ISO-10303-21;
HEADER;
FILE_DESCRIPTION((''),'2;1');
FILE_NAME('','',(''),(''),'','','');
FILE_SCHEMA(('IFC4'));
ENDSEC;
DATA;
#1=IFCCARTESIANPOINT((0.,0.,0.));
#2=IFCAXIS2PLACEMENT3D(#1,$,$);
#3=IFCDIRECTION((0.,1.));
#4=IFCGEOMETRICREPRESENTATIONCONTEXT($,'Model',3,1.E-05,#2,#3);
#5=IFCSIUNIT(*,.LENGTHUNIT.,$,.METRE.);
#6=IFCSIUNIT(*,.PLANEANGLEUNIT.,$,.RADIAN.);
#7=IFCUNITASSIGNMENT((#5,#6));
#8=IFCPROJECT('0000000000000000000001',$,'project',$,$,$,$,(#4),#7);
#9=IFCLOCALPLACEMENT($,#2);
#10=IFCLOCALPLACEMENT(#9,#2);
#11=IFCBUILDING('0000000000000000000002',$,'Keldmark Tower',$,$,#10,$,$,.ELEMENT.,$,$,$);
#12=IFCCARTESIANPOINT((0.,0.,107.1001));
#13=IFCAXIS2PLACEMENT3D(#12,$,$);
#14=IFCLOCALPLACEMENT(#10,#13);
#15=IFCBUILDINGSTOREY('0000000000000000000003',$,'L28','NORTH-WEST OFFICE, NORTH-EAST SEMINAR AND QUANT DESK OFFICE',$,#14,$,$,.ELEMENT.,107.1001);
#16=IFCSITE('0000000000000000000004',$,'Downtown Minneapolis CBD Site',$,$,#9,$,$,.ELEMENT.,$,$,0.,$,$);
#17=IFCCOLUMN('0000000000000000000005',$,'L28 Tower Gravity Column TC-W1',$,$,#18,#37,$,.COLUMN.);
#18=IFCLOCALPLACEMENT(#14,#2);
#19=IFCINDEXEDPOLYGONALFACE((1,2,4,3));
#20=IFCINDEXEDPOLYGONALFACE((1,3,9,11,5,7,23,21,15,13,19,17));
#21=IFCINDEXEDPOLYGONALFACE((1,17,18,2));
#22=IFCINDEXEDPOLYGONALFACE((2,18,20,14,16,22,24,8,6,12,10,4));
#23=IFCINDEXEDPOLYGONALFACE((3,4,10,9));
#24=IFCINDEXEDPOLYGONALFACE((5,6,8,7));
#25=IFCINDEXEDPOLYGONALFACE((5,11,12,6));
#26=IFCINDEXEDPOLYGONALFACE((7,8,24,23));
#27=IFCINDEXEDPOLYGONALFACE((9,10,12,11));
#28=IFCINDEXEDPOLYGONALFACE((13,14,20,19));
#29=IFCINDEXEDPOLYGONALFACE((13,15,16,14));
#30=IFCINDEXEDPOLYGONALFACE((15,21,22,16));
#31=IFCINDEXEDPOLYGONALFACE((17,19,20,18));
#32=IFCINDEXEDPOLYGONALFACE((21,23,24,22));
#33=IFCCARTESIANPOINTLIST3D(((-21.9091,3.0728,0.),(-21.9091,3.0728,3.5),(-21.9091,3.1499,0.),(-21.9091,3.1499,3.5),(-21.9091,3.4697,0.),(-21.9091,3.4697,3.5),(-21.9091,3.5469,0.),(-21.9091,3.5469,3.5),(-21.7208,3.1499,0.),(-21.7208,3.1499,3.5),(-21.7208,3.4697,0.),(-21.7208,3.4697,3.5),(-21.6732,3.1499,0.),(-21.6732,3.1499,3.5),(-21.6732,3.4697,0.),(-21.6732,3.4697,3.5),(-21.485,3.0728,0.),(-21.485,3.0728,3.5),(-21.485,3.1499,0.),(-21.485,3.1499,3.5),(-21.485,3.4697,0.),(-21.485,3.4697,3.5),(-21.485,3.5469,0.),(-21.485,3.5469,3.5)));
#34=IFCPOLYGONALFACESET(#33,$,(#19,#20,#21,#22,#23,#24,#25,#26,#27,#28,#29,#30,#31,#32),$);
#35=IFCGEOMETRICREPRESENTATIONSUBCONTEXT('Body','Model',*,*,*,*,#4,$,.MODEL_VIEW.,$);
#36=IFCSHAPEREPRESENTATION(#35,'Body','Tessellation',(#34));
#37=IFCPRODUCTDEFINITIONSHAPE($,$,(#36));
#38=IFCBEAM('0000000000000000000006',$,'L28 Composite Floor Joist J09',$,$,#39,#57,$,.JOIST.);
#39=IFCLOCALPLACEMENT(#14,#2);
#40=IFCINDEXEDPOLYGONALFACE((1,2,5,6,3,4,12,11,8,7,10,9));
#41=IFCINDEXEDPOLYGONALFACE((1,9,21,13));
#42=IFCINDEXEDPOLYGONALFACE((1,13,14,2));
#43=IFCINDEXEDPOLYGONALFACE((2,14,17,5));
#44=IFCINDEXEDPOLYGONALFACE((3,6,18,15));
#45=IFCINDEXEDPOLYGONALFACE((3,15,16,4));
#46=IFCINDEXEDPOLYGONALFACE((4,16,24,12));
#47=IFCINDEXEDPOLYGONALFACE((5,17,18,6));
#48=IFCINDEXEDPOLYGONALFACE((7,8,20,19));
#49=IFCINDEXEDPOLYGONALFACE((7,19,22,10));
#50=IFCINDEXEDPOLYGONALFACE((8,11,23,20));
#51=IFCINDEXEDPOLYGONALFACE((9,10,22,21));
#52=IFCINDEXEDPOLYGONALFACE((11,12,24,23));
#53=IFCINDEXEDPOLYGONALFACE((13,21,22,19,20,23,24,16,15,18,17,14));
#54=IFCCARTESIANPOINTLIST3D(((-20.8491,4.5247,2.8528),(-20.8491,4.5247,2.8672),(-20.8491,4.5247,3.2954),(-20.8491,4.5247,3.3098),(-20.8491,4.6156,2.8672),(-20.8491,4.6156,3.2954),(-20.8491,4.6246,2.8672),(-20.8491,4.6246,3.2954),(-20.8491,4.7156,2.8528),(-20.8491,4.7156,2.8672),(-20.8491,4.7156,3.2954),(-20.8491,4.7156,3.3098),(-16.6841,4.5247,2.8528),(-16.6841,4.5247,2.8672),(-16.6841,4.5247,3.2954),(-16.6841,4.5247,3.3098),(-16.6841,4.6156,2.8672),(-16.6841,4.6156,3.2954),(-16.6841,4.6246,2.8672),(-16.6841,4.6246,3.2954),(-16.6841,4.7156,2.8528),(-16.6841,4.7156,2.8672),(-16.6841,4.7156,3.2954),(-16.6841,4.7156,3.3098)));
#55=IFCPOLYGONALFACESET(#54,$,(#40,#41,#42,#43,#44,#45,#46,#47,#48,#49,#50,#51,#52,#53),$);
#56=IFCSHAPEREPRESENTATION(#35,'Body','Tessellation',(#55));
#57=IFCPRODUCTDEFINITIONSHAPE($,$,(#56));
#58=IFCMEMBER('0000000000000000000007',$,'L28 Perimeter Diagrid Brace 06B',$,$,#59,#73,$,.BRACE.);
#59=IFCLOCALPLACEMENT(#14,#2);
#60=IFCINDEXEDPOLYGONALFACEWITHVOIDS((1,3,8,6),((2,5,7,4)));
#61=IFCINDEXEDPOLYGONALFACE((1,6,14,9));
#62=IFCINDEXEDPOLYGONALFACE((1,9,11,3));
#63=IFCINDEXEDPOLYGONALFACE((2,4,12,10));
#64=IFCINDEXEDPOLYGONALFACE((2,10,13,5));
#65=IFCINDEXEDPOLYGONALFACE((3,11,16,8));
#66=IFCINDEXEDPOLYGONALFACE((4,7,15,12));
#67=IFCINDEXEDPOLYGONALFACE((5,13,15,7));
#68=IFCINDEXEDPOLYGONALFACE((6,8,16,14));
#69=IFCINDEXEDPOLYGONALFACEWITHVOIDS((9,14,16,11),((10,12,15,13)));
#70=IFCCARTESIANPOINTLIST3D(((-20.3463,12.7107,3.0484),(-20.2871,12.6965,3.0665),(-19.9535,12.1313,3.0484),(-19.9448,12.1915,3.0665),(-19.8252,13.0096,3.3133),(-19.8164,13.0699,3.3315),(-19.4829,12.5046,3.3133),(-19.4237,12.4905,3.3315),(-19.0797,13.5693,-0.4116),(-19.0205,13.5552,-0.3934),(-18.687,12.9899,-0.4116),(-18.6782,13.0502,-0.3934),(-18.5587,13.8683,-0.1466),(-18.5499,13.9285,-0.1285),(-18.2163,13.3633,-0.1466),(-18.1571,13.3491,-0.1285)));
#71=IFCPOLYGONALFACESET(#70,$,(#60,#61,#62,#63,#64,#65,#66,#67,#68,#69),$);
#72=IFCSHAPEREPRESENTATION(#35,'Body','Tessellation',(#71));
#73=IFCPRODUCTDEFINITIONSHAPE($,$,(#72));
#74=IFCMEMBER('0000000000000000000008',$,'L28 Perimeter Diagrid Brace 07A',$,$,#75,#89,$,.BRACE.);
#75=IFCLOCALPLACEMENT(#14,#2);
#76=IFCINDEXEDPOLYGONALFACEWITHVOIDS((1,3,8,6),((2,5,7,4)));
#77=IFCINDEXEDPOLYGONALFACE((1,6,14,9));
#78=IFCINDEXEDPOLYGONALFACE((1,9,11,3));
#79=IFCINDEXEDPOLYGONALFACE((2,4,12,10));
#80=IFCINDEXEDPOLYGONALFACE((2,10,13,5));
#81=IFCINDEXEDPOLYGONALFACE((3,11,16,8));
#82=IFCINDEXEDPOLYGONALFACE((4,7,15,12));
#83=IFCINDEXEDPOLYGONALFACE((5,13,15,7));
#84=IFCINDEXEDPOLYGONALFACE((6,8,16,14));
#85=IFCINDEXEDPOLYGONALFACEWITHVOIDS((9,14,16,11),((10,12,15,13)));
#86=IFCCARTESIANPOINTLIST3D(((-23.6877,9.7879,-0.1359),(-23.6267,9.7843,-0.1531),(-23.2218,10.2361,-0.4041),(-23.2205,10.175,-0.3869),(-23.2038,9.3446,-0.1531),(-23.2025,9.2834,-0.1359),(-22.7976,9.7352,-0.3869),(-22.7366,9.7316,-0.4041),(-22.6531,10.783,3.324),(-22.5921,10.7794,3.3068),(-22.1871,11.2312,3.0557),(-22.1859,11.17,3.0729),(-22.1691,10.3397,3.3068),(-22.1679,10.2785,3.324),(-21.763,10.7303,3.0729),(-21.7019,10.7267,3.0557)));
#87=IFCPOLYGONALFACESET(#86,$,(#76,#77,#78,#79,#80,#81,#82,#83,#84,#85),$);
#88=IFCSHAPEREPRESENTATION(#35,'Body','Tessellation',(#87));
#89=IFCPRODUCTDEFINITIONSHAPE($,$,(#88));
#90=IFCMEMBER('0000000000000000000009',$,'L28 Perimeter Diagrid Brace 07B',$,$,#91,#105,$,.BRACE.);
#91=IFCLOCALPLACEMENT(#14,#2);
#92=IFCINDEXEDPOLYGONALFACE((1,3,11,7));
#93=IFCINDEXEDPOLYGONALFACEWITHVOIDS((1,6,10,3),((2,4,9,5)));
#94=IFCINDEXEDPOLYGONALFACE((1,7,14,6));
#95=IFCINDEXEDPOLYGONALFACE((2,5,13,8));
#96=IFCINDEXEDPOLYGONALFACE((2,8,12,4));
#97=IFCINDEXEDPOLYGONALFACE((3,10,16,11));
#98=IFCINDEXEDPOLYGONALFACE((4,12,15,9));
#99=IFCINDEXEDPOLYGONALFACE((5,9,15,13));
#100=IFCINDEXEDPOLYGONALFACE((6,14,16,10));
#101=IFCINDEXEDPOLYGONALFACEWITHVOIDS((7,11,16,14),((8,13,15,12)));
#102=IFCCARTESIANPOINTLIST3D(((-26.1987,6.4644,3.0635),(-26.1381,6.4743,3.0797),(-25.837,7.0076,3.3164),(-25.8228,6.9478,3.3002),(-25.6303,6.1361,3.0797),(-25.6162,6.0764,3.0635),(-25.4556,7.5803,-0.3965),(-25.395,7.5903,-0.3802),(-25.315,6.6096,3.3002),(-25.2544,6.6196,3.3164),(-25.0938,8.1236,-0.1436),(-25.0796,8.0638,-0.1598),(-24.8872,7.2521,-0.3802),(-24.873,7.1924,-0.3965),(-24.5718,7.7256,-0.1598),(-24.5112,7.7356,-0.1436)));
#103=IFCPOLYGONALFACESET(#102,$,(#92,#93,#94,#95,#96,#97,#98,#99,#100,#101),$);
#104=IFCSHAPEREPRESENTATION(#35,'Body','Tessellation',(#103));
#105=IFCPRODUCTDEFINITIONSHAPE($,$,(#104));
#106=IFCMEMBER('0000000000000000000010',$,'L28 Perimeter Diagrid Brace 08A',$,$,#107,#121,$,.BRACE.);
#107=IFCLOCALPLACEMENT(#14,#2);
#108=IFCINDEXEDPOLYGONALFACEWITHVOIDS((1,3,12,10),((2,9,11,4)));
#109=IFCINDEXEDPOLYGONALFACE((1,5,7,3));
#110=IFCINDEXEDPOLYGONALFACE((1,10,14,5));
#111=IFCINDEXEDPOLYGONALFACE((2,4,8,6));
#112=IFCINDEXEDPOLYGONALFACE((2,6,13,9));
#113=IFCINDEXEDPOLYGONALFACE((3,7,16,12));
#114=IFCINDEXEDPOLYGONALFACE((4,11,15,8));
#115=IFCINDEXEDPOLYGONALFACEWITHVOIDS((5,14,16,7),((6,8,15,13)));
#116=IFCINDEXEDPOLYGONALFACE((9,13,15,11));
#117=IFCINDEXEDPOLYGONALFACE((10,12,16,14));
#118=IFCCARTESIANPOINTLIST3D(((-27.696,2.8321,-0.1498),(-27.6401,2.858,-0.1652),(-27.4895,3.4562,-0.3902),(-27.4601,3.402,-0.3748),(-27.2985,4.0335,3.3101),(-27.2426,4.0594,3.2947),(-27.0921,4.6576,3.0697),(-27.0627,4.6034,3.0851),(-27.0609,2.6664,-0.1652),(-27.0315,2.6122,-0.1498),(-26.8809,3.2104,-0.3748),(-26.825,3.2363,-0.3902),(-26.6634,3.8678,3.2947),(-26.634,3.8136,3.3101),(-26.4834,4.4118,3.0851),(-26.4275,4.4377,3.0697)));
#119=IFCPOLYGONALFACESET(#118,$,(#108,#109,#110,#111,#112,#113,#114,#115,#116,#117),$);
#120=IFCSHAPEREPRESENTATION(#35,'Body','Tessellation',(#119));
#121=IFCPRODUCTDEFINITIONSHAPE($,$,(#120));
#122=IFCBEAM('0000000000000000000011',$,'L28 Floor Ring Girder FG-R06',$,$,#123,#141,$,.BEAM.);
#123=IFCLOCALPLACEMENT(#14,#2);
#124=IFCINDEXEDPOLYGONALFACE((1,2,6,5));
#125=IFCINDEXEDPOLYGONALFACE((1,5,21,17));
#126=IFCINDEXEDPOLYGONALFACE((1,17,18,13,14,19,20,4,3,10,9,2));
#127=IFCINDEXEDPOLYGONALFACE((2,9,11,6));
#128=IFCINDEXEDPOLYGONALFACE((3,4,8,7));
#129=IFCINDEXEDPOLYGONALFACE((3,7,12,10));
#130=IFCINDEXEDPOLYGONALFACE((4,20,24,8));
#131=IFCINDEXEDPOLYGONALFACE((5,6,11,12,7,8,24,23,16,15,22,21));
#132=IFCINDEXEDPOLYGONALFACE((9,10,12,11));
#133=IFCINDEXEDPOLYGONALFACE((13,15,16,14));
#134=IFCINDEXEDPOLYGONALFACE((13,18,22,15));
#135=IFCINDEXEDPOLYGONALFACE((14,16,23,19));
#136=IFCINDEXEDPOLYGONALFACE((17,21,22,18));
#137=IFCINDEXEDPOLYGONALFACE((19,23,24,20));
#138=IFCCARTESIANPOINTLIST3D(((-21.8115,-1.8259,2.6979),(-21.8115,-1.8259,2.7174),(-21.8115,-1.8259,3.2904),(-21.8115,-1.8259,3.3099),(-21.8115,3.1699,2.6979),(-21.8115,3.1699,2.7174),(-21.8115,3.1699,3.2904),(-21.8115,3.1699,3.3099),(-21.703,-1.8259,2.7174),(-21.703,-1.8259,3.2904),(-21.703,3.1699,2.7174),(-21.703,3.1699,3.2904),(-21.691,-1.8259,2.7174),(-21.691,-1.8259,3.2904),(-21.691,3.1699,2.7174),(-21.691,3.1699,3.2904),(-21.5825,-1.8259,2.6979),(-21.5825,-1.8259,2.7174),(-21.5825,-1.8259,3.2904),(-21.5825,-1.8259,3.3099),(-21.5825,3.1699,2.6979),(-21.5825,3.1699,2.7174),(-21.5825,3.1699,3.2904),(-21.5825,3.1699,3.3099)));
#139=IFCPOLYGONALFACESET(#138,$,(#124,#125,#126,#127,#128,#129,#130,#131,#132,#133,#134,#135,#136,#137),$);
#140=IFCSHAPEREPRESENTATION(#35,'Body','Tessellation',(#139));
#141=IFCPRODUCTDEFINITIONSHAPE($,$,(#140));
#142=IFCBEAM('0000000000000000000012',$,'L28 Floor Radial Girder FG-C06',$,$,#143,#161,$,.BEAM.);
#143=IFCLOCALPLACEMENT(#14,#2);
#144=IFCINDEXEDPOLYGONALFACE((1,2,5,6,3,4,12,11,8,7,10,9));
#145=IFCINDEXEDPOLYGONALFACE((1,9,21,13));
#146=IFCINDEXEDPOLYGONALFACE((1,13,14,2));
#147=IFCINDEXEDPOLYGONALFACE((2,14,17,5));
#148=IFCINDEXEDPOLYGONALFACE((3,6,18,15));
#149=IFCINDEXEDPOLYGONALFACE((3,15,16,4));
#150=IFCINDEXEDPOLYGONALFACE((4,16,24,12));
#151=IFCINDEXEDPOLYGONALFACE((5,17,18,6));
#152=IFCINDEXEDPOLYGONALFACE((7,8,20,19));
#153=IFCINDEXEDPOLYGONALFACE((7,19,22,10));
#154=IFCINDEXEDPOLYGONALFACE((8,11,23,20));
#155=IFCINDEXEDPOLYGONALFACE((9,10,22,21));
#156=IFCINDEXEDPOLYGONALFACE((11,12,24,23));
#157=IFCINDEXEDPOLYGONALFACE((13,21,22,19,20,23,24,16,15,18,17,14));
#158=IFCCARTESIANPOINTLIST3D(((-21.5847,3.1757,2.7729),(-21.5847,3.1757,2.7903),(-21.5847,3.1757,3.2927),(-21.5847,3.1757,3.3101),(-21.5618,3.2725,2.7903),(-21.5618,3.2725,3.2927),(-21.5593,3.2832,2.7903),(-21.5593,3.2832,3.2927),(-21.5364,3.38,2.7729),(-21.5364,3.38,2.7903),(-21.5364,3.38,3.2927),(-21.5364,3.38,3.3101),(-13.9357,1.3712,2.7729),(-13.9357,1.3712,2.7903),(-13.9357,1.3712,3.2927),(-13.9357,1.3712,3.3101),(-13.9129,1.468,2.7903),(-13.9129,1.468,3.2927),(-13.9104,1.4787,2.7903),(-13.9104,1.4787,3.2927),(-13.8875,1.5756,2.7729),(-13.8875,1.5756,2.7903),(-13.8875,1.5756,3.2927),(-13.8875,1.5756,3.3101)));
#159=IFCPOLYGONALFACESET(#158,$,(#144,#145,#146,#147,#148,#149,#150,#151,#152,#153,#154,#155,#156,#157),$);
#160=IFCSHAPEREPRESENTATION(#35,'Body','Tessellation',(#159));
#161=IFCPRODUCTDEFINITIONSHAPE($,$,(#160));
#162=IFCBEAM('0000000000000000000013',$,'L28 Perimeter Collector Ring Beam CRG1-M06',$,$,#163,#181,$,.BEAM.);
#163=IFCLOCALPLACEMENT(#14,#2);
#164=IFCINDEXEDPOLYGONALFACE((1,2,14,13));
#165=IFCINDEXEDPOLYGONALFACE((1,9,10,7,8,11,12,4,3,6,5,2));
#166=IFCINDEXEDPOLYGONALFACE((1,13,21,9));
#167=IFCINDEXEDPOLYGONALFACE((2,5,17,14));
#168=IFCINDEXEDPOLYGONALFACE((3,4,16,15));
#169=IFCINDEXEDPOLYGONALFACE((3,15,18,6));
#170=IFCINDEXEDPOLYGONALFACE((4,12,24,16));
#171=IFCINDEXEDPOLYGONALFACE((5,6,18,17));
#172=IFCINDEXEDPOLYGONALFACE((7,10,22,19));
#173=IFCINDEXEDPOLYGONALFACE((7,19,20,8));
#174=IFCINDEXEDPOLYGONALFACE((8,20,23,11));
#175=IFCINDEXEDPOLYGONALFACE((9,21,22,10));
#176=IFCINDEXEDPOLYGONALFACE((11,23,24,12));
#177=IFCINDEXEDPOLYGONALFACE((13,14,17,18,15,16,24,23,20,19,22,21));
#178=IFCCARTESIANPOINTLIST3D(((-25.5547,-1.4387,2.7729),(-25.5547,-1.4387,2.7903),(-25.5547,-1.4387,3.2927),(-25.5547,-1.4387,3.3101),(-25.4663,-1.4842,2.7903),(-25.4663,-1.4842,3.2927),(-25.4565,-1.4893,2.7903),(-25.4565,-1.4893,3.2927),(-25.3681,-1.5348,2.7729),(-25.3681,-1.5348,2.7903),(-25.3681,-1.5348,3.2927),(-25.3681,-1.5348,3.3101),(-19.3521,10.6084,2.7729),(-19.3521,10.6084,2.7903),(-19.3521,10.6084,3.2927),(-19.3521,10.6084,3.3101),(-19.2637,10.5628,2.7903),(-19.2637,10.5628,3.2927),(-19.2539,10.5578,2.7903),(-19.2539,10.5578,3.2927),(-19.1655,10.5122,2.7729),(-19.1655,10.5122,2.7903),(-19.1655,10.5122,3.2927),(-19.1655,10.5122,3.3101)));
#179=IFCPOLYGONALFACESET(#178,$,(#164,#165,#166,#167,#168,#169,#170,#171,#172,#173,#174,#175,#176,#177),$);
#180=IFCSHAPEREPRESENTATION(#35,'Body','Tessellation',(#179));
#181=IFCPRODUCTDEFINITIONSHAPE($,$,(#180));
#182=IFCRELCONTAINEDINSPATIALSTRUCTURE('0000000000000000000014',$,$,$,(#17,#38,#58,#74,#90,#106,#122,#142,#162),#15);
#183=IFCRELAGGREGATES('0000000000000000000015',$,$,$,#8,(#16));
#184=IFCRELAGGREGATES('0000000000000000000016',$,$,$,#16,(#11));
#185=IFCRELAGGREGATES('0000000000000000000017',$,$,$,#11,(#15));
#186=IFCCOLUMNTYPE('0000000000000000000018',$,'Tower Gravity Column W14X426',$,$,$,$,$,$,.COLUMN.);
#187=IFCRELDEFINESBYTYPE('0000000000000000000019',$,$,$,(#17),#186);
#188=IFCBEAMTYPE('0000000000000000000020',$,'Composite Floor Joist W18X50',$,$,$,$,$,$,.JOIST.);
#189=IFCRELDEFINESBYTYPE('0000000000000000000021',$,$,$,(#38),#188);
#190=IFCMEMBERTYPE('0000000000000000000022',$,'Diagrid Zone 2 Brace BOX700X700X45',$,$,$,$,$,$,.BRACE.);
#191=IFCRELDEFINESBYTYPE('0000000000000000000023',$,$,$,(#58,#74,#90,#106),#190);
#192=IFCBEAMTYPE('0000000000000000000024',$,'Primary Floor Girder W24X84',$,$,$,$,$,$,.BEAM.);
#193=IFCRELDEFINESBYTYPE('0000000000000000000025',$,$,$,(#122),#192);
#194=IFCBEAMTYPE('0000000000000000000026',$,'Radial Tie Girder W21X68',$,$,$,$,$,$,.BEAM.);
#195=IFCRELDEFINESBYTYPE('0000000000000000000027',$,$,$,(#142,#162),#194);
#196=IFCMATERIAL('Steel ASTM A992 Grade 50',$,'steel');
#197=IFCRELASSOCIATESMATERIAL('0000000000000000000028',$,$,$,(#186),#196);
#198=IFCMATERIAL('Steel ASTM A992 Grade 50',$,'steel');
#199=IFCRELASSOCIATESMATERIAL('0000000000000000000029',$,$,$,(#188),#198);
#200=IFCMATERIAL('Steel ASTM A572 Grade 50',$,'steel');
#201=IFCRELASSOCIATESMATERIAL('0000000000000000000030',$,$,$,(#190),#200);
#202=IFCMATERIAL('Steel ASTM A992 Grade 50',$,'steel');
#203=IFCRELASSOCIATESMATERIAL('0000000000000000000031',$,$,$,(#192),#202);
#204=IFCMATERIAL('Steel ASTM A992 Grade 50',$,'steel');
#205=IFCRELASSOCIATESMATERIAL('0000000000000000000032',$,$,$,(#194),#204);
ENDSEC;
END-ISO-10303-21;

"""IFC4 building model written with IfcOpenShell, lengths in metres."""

from ifc_helpers import new_model, si_unit, direction, frame, origin, origin_2d, place, context, subcontext, project, spatial, hollow_rectangle, i_section, extrude, material, material_profile, profile_set, type_object, element, save


model = new_model("IFC4")

# Units and contexts
model_context = context("Model", 3, precision=1e-05, world=origin(), true_north=direction((0.0, 1.0)))
body_context = subcontext(model_context, "Body", "Model", "MODEL_VIEW")
ifc_project = project(units=[si_unit("LENGTHUNIT", "METRE"), si_unit("PLANEANGLEUNIT", "RADIAN")], contexts=[model_context])

# Site, building, storey
site_placement = place(None, origin())
site = spatial("IfcSite", under=ifc_project, at=site_placement, Name="Downtown Minneapolis CBD Site", CompositionType="ELEMENT", RefElevation=0.0)
building_placement = place(site_placement, origin())
building = spatial("IfcBuilding", under=site, at=building_placement, Name="Keldmark Tower", CompositionType="ELEMENT")
storey_placement = place(building_placement, frame((0.0, 0.0, 107.1001)))
storey = spatial("IfcBuildingStorey", under=building, at=storey_placement, Name="L28", Description="NORTH-WEST OFFICE, NORTH-EAST SEMINAR AND QUANT DESK OFFICE", CompositionType="ELEMENT", Elevation=107.1001)

# Column
ifc_material_1 = material(Name="Steel ASTM A992 Grade 50", Category="steel")
ifc_material_profile_1 = material_profile(ifc_material_1, i_section(OverallWidth=0.4241, OverallDepth=0.4741, WebThickness=0.0476, FlangeThickness=0.0771, at=origin_2d()), Name="W14X426")
ifc_profile_set_1 = profile_set([ifc_material_profile_1], Name="Steel ASTM A992 Grade 50")
column_type = type_object("IfcColumnType", Name="Tower Gravity Column W14X426", PredefinedType="COLUMN", material=ifc_profile_set_1)
column_placement = place(storey_placement, frame((-21.697, 3.3098, 0.0), z_axis=(0.0, 0.0, 1.0), x_axis=(1.0, 0.0, 0.0)))
element("IfcColumn", 1, at=column_placement, inside=storey, type_object=column_type, Name="L28 Tower Gravity Column TC-W1", PredefinedType="COLUMN", context=body_context, shape_type="SweptSolid", body=[
    extrude(i_section(OverallWidth=0.4241, OverallDepth=0.4741, WebThickness=0.0476, FlangeThickness=0.0771, at=origin_2d()), origin(), (0.0, 0.0, 1.0), 3.5),
])

# Beam
ifc_material_2 = material(Name="Steel ASTM A992 Grade 50", Category="steel")
ifc_material_profile_2 = material_profile(ifc_material_2, i_section(OverallWidth=0.1909, OverallDepth=0.457, WebThickness=0.009, FlangeThickness=0.0144, at=origin_2d()), Name="W18X50")
ifc_profile_set_2 = profile_set([ifc_material_profile_2], Name="Steel ASTM A992 Grade 50")
beam_type_1 = type_object("IfcBeamType", Name="Composite Floor Joist W18X50", PredefinedType="JOIST", material=ifc_profile_set_2)
beam_1_placement = place(storey_placement, frame((-20.8491, 4.6201, 3.0813), z_axis=(1.0, 0.0, 0.0), x_axis=(0.0, 1.0, 0.0)))
element("IfcBeam", 2, at=beam_1_placement, inside=storey, type_object=beam_type_1, Name="L28 Composite Floor Joist J09", PredefinedType="JOIST", context=body_context, shape_type="SweptSolid", body=[
    extrude(i_section(OverallWidth=0.1909, OverallDepth=0.457, WebThickness=0.009, FlangeThickness=0.0144, at=origin_2d()), origin(), (0.0, 0.0, 1.0), 4.165),
])

# Members
ifc_material_3 = material(Name="Steel ASTM A572 Grade 50", Category="steel")
ifc_material_profile_3 = material_profile(ifc_material_3, hollow_rectangle(XDim=0.7, YDim=0.7, WallThickness=0.0449, at=origin_2d()), Name="BOX700X700X45")
ifc_profile_set_3 = profile_set([ifc_material_profile_3], Name="Steel ASTM A572 Grade 50")
member_type = type_object("IfcMemberType", Name="Diagrid Zone 2 Brace BOX700X700X45", PredefinedType="BRACE", material=ifc_profile_set_3)
member_1_placement = place(storey_placement, frame((-18.6184, 13.4592, -0.27), z_axis=(-0.334793, -0.22696, 0.914551), x_axis=(0.561127, -0.82773, 0.0)))
element("IfcMember", 3, at=member_1_placement, inside=storey, type_object=member_type, Name="L28 Perimeter Diagrid Brace 06B", PredefinedType="BRACE", context=body_context, shape_type="SweptSolid", body=[
    extrude(hollow_rectangle(XDim=0.7, YDim=0.7, WallThickness=0.0449, at=origin_2d()), origin(), (0.0, 0.0, 1.0), 3.7832),
])
member_2_placement = place(storey_placement, frame((-23.2122, 9.7598, -0.27), z_axis=(0.27621, 0.265652, 0.923654), x_axis=(-0.693197, 0.720748, 0.0)))
element("IfcMember", 4, at=member_2_placement, inside=storey, type_object=member_type, Name="L28 Perimeter Diagrid Brace 07A", PredefinedType="BRACE", context=body_context, shape_type="SweptSolid", body=[
    extrude(hollow_rectangle(XDim=0.7, YDim=0.7, WallThickness=0.0449, at=origin_2d()), origin(), (0.0, 0.0, 1.0), 3.7458),
])
member_3_placement = place(storey_placement, frame((-24.9834, 7.658, -0.27), z_axis=(-0.200278, -0.300746, 0.932438), x_axis=(0.83233, -0.55428, 0.0)))
element("IfcMember", 5, at=member_3_placement, inside=storey, type_object=member_type, Name="L28 Perimeter Diagrid Brace 07B", PredefinedType="BRACE", context=body_context, shape_type="SweptSolid", body=[
    extrude(hollow_rectangle(XDim=0.7, YDim=0.7, WallThickness=0.0449, at=origin_2d()), origin(), (0.0, 0.0, 1.0), 3.7107),
])
member_4_placement = place(storey_placement, frame((-27.2605, 3.0342, -0.27), z_axis=(0.107885, 0.326107, 0.939157), x_axis=(-0.949395, 0.314085, 0.0)))
element("IfcMember", 6, at=member_4_placement, inside=storey, type_object=member_type, Name="L28 Perimeter Diagrid Brace 08A", PredefinedType="BRACE", context=body_context, shape_type="SweptSolid", body=[
    extrude(hollow_rectangle(XDim=0.7, YDim=0.7, WallThickness=0.0449, at=origin_2d()), origin(), (0.0, 0.0, 1.0), 3.6841),
])

# Beams
ifc_material_4 = material(Name="Steel ASTM A992 Grade 50", Category="steel")
ifc_material_profile_4 = material_profile(ifc_material_4, i_section(OverallWidth=0.229, OverallDepth=0.6121, WebThickness=0.012, FlangeThickness=0.0195, at=origin_2d()), Name="W24X84")
ifc_profile_set_4 = profile_set([ifc_material_profile_4], Name="Steel ASTM A992 Grade 50")
beam_type_2 = type_object("IfcBeamType", Name="Primary Floor Girder W24X84", PredefinedType="BEAM", material=ifc_profile_set_4)
beam_2_placement = place(storey_placement, frame((-21.697, 3.1699, 3.0039), z_axis=(0.0, -1.0, 0.0), x_axis=(1.0, 0.0, 0.0)))
element("IfcBeam", 7, at=beam_2_placement, inside=storey, type_object=beam_type_2, Name="L28 Floor Ring Girder FG-R06", PredefinedType="BEAM", context=body_context, shape_type="SweptSolid", body=[
    extrude(i_section(OverallWidth=0.229, OverallDepth=0.6121, WebThickness=0.012, FlangeThickness=0.0195, at=origin_2d()), origin(), (0.0, 0.0, 1.0), 4.9958),
])
ifc_material_5 = material(Name="Steel ASTM A992 Grade 50", Category="steel")
ifc_material_profile_5 = material_profile(ifc_material_5, i_section(OverallWidth=0.21, OverallDepth=0.5371, WebThickness=0.011, FlangeThickness=0.0173, at=origin_2d()), Name="W21X68")
ifc_profile_set_5 = profile_set([ifc_material_profile_5], Name="Steel ASTM A992 Grade 50")
beam_type_3 = type_object("IfcBeamType", Name="Radial Tie Girder W21X68", PredefinedType="BEAM", material=ifc_profile_set_5)
beam_3_placement = place(storey_placement, frame((-21.5605, 3.2778, 3.0415), z_axis=(0.973284, -0.229606, 0.0), x_axis=(0.229606, 0.973284, 0.0)))
element("IfcBeam", 8, at=beam_3_placement, inside=storey, type_object=beam_type_3, Name="L28 Floor Radial Girder FG-C06", PredefinedType="BEAM", context=body_context, shape_type="SweptSolid", body=[
    extrude(i_section(OverallWidth=0.21, OverallDepth=0.5371, WebThickness=0.011, FlangeThickness=0.0173, at=origin_2d()), origin(), (0.0, 0.0, 1.0), 7.8589),
])
beam_4_placement = place(storey_placement, frame((-19.2588, 10.5603, 3.0415), z_axis=(-0.457755, -0.889078, 0.0), x_axis=(0.889078, -0.457755, 0.0)))
element("IfcBeam", 9, at=beam_4_placement, inside=storey, type_object=beam_type_3, Name="L28 Perimeter Collector Ring Beam CRG1-M06", PredefinedType="BEAM", context=body_context, shape_type="SweptSolid", body=[
    extrude(i_section(OverallWidth=0.21, OverallDepth=0.5371, WebThickness=0.011, FlangeThickness=0.0173, at=origin_2d()), origin(), (0.0, 0.0, 1.0), 13.55),
])

save(model, "model.ifc")
